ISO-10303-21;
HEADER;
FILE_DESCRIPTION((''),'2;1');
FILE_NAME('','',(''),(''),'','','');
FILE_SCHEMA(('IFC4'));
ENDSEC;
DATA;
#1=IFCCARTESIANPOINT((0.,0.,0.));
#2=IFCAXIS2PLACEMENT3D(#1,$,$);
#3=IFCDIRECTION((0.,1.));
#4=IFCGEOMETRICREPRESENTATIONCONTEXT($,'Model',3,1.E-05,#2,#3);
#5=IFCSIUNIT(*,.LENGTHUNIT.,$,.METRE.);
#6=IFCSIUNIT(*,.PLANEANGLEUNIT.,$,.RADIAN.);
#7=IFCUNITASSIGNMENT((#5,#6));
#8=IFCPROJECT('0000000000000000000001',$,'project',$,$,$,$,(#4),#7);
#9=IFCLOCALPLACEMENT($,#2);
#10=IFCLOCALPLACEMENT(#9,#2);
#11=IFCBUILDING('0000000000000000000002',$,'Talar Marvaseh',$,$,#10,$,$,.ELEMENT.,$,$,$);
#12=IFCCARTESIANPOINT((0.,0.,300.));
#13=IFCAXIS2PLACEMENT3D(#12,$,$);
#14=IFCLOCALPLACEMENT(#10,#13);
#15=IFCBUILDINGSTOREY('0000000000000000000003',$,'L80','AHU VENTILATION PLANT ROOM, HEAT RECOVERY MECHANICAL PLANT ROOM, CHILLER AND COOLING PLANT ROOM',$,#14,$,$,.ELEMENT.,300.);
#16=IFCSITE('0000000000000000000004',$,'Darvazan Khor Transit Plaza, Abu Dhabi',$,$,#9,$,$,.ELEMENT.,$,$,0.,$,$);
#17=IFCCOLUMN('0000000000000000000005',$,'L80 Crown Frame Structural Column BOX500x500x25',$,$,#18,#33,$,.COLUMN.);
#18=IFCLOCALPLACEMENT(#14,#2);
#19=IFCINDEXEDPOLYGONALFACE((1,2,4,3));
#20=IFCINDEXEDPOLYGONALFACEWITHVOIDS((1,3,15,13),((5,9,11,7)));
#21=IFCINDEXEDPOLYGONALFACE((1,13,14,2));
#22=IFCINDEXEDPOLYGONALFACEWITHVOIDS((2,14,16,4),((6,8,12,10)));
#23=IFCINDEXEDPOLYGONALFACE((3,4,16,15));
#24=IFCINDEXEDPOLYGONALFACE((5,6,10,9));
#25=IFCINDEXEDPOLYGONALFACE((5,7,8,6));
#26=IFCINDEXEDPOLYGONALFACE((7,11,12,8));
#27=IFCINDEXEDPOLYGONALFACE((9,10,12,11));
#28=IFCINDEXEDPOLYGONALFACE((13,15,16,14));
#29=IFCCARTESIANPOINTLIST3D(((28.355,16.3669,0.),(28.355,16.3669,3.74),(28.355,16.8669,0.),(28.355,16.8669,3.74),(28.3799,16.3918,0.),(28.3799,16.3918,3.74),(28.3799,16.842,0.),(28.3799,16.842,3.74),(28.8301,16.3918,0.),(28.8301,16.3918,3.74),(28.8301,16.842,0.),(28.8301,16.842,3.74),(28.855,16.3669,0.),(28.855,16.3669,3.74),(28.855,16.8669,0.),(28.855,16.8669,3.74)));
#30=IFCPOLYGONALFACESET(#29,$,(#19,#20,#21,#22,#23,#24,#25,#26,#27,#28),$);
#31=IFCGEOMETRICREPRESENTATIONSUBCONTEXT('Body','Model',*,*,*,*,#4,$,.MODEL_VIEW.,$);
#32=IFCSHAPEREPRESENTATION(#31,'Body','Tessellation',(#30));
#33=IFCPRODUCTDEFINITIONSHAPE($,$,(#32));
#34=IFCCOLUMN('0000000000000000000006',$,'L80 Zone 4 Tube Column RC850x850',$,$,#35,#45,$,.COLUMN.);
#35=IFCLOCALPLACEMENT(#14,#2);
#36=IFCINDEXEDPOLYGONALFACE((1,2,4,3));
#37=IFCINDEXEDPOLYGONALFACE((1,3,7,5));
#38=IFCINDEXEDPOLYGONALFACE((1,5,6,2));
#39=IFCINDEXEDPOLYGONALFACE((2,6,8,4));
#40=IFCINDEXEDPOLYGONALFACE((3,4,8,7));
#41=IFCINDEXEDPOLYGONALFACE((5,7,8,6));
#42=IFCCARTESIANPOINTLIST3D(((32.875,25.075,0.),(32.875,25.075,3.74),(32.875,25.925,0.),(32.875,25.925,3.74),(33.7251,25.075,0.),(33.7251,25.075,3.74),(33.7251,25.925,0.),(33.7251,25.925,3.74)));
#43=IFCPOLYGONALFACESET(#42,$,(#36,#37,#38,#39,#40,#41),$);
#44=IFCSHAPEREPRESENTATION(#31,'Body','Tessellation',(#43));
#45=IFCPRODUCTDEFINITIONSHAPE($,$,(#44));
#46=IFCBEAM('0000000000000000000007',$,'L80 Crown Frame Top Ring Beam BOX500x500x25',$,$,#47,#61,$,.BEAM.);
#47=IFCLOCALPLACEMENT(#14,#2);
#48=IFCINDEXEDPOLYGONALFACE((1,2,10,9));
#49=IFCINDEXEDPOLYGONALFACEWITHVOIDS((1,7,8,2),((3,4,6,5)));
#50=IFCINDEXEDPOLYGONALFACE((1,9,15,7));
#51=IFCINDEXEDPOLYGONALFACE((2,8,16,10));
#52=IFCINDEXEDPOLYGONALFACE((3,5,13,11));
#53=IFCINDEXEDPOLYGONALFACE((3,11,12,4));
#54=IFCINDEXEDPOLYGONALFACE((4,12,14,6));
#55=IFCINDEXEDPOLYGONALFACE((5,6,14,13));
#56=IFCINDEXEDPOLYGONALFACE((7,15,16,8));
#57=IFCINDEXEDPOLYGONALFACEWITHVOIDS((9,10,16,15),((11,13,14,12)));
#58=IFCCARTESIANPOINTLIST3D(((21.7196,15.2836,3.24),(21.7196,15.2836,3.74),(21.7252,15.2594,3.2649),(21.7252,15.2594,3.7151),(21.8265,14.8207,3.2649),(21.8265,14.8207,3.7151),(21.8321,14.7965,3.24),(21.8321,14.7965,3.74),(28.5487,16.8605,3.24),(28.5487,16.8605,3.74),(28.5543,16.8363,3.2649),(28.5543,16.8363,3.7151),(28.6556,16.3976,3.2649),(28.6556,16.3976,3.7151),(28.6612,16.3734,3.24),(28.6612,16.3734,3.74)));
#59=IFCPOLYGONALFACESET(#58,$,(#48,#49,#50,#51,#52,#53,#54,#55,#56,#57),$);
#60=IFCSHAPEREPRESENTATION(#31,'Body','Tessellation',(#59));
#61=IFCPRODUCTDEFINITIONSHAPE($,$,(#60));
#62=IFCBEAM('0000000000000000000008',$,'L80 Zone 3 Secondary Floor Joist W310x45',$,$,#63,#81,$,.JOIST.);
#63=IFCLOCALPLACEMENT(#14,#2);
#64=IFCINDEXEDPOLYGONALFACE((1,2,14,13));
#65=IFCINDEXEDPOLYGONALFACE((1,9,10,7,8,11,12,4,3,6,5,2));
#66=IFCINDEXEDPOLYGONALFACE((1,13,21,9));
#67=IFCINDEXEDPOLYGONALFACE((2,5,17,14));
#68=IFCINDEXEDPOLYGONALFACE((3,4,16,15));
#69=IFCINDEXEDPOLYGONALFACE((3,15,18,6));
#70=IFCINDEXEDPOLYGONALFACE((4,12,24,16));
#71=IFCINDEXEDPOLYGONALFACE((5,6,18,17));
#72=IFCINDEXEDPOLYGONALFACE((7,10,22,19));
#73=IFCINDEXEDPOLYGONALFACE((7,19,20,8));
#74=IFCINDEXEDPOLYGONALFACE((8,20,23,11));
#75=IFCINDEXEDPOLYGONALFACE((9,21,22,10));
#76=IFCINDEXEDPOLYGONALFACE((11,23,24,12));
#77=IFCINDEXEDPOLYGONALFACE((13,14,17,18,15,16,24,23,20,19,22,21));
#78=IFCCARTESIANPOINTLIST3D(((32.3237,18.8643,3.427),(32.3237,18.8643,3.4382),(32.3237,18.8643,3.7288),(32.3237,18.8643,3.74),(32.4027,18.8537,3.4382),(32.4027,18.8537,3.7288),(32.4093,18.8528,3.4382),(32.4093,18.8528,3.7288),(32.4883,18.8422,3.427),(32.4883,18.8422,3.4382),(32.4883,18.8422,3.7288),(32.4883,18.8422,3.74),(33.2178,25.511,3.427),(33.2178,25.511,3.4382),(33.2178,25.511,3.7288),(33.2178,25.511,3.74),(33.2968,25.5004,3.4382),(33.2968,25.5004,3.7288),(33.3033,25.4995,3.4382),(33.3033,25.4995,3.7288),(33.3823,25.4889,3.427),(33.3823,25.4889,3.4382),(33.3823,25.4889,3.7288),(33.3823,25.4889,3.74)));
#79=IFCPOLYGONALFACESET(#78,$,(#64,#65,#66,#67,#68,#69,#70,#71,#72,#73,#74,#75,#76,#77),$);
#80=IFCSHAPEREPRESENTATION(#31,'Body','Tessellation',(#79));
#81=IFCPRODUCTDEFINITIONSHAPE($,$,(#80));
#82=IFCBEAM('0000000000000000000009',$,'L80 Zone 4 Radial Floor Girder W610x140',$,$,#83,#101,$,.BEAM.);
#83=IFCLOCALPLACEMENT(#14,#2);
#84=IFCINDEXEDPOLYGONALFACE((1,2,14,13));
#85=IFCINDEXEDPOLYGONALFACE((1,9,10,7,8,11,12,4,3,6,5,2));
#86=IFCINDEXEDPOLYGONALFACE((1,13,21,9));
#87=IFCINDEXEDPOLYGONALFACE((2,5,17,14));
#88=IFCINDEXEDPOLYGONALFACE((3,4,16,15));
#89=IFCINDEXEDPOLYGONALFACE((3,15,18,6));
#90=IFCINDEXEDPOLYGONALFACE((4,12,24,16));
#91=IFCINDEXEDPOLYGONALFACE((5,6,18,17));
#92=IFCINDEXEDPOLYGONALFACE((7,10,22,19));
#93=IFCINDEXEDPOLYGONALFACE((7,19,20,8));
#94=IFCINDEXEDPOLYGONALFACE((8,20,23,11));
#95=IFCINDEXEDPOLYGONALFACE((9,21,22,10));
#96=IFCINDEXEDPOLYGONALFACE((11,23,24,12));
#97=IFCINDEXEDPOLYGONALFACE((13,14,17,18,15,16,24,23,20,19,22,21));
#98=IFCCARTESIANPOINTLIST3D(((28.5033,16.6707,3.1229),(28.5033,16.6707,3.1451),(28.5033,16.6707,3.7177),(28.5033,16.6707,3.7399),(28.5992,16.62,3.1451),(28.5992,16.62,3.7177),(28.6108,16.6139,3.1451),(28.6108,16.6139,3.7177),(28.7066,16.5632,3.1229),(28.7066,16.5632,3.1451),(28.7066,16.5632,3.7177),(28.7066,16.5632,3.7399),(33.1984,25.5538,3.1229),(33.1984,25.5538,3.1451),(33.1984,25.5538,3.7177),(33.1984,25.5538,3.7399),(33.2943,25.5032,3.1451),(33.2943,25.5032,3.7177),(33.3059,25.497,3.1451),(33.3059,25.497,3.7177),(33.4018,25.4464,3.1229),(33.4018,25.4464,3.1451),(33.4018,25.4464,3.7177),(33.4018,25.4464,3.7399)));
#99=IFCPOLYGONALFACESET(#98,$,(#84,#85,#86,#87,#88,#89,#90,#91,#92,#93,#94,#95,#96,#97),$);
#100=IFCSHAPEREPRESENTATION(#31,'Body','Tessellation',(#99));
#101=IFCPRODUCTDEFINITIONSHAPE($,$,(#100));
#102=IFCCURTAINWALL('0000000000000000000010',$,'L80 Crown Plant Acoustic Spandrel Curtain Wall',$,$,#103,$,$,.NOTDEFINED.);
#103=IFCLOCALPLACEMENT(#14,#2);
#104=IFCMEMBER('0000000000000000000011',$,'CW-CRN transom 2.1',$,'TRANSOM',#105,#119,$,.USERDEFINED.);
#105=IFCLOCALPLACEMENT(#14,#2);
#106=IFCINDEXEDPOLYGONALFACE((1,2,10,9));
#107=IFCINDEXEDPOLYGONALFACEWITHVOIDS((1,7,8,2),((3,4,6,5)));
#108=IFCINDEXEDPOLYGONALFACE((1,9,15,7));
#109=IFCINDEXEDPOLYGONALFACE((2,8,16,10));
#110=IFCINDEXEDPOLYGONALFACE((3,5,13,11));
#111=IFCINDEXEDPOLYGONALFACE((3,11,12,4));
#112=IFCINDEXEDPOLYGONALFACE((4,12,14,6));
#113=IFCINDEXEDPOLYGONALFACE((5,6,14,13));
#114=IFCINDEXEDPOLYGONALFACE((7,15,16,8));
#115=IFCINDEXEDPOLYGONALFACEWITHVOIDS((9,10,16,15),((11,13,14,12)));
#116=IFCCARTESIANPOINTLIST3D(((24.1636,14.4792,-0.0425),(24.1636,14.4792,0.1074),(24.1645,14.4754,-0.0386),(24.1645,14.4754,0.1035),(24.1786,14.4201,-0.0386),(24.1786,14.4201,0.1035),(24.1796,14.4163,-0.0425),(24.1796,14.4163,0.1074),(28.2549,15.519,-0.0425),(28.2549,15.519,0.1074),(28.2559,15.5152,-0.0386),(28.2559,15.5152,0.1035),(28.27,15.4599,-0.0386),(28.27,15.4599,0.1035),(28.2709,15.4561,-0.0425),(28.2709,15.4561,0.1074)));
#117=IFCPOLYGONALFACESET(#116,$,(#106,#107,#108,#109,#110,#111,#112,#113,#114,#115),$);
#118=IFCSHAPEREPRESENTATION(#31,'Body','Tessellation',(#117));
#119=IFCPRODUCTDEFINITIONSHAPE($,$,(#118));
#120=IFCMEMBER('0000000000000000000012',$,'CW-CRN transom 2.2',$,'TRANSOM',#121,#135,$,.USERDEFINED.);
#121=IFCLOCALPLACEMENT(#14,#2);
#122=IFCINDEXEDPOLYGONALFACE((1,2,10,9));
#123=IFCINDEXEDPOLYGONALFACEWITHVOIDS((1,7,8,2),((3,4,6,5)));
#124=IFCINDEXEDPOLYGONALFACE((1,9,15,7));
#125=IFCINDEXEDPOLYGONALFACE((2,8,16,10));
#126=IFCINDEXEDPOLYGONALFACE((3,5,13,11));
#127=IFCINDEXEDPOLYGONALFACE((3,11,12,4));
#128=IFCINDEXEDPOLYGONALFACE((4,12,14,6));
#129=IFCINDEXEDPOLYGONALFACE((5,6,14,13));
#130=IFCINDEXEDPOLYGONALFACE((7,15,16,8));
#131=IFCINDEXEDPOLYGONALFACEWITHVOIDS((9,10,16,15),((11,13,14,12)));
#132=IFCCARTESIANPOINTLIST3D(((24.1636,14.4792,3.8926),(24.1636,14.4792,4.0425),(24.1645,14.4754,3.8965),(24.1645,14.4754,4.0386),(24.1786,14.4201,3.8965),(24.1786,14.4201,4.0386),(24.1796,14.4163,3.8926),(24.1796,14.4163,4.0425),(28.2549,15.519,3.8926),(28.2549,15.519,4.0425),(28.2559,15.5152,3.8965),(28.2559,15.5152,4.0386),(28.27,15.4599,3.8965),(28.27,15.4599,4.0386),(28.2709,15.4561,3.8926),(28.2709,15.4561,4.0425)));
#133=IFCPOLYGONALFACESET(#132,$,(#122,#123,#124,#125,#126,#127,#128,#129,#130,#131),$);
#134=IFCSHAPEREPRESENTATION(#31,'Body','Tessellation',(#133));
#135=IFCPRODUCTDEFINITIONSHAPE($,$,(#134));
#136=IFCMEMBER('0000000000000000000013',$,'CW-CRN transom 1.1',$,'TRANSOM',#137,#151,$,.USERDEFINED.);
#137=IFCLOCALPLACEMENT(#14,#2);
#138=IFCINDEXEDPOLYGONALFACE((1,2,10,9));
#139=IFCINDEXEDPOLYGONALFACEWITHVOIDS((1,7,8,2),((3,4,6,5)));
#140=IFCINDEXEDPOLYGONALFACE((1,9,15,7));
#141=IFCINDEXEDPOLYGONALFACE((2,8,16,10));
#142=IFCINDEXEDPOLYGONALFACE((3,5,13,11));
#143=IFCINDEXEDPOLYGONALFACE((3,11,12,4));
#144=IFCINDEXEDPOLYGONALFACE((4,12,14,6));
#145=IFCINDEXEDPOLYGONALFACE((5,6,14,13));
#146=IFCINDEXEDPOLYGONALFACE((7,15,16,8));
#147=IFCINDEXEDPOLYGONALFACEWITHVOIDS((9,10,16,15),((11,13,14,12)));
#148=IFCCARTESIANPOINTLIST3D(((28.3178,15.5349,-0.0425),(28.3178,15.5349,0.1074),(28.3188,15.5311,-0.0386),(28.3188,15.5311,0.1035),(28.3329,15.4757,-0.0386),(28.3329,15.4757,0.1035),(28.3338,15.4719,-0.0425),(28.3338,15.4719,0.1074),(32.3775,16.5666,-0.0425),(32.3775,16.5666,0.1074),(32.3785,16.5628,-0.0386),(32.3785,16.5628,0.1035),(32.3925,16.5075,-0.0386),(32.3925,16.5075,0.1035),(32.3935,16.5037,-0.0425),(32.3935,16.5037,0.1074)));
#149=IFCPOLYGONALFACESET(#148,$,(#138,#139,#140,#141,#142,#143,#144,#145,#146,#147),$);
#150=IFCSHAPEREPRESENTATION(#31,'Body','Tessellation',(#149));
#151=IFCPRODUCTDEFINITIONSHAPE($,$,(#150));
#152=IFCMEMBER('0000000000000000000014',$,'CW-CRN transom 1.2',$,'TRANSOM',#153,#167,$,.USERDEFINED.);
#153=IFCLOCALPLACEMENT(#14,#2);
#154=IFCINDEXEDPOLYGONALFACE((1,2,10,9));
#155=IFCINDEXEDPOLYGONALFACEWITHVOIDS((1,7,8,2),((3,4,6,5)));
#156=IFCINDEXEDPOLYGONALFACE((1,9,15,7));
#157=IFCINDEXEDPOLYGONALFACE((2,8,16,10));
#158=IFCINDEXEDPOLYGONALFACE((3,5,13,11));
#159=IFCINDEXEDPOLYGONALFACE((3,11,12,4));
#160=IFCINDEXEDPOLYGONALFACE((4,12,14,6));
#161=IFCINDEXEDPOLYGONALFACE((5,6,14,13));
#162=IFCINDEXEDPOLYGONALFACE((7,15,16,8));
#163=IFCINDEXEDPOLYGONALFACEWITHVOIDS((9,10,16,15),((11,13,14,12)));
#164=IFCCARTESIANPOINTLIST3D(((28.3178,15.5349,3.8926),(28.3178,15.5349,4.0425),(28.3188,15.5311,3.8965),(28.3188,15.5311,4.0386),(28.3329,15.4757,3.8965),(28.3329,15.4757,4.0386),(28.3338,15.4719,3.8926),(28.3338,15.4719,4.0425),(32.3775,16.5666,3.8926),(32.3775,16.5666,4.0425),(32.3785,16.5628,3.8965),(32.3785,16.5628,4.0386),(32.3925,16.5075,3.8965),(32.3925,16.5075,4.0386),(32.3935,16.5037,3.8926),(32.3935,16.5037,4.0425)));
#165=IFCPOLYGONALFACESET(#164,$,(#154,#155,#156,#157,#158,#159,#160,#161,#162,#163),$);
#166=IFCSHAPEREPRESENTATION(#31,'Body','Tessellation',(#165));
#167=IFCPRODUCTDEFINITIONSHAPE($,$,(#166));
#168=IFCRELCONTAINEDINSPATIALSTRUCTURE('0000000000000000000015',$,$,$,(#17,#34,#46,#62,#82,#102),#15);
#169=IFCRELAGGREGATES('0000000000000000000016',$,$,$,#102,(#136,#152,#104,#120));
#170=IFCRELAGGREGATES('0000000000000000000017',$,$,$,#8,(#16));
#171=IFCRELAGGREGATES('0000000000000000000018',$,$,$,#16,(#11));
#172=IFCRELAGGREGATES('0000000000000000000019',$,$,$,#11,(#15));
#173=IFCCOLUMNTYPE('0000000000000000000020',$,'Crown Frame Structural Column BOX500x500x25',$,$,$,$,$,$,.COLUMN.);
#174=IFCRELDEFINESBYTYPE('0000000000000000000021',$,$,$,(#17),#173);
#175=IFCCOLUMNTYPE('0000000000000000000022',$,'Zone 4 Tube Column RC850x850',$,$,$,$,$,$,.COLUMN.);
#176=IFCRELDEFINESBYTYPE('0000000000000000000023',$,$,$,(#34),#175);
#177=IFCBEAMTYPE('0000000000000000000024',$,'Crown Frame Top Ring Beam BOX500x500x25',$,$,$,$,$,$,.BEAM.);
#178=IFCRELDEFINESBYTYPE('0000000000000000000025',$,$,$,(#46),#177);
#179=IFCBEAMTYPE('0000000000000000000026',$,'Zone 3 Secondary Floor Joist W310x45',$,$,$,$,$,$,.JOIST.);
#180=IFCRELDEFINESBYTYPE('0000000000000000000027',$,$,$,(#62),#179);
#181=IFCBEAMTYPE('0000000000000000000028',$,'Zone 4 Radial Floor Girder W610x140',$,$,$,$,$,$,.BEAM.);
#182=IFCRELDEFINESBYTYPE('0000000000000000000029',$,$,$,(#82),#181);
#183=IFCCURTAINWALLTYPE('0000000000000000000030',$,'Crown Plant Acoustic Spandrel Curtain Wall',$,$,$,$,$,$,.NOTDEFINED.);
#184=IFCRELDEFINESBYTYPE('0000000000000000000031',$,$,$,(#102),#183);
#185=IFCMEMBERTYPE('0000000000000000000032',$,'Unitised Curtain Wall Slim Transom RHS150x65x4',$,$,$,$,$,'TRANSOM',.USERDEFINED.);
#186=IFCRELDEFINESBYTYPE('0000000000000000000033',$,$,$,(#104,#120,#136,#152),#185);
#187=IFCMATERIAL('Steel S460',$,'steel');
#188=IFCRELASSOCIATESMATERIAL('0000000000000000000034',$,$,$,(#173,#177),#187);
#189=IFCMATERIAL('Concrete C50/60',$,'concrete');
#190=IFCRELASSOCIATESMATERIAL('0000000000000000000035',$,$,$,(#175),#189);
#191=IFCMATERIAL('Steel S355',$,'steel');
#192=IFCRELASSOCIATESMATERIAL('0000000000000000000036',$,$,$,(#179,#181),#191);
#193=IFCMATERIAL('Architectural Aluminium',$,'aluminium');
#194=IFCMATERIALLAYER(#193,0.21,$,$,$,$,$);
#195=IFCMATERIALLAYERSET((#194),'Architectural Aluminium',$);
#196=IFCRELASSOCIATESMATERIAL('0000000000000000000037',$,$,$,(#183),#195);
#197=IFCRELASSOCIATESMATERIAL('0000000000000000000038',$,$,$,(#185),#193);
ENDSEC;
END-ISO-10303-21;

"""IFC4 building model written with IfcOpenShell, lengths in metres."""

from ifc_helpers import new_model, si_unit, direction, frame, origin, origin_2d, place, context, subcontext, project, spatial, rectangle, hollow_rectangle, i_section, extrude, source, transform, mapped, material, layer, layer_set, material_profile, profile_set, type_object, type_shapes, element, aggregate, save


model = new_model("IFC4")

# Units and contexts
model_context = context("Model", 3, precision=1e-05, world=origin(), true_north=direction((0.0, 1.0)))
body_context = subcontext(model_context, "Body", "Model", "MODEL_VIEW")
ifc_project = project(units=[si_unit("LENGTHUNIT", "METRE"), si_unit("PLANEANGLEUNIT", "RADIAN")], contexts=[model_context])

# Site, building, storey
site_placement = place(None, origin())
site = spatial("IfcSite", under=ifc_project, at=site_placement, Name="Darvazan Khor Transit Plaza, Abu Dhabi", CompositionType="ELEMENT", RefElevation=0.0)
building_placement = place(site_placement, origin())
building = spatial("IfcBuilding", under=site, at=building_placement, Name="Talar Marvaseh", CompositionType="ELEMENT")
storey_placement = place(building_placement, frame((0.0, 0.0, 300.0)))
storey = spatial("IfcBuildingStorey", under=building, at=storey_placement, Name="L80", Description="AHU VENTILATION PLANT ROOM, HEAT RECOVERY MECHANICAL PLANT ROOM, CHILLER AND COOLING PLANT ROOM", CompositionType="ELEMENT", Elevation=300.0)

# Columns
ifc_material_1 = material(Name="Steel S460", Category="steel")
ifc_material_profile_1 = material_profile(ifc_material_1, hollow_rectangle(XDim=0.5, YDim=0.5, WallThickness=0.0249, at=origin_2d()), Name="BOX500x500x25")
ifc_profile_set_1 = profile_set([ifc_material_profile_1], Name="Steel S460")
column_type_1 = type_object("IfcColumnType", Name="Crown Frame Structural Column BOX500x500x25", PredefinedType="COLUMN", material=ifc_profile_set_1)
column_1_placement = place(storey_placement, frame((28.605, 16.6169, 0.0), z_axis=(0.0, 0.0, 1.0), x_axis=(1.0, 0.0, 0.0)))
element("IfcColumn", 1, at=column_1_placement, inside=storey, type_object=column_type_1, Name="L80 Crown Frame Structural Column BOX500x500x25", PredefinedType="COLUMN", context=body_context, shape_type="SweptSolid", body=[
    extrude(hollow_rectangle(XDim=0.5, YDim=0.5, WallThickness=0.0249, at=origin_2d()), origin(), (0.0, 0.0, 1.0), 3.74),
])
ifc_material_2 = material(Name="Concrete C50/60", Category="concrete")
ifc_material_profile_2 = material_profile(ifc_material_2, rectangle(XDim=0.8501, YDim=0.8501, at=origin_2d()), Name="RC850x850")
ifc_profile_set_2 = profile_set([ifc_material_profile_2], Name="Concrete C50/60")
column_type_2 = type_object("IfcColumnType", Name="Zone 4 Tube Column RC850x850", PredefinedType="COLUMN", material=ifc_profile_set_2)
column_2_placement = place(storey_placement, frame((33.3, 25.5, 0.0), z_axis=(0.0, 0.0, 1.0), x_axis=(1.0, 0.0, 0.0)))
element("IfcColumn", 2, at=column_2_placement, inside=storey, type_object=column_type_2, Name="L80 Zone 4 Tube Column RC850x850", PredefinedType="COLUMN", context=body_context, shape_type="SweptSolid", body=[
    extrude(rectangle(XDim=0.8501, YDim=0.8501, at=origin_2d()), origin(), (0.0, 0.0, 1.0), 3.74),
])

# Beams
ifc_material_profile_3 = material_profile(ifc_material_1, hollow_rectangle(XDim=0.5, YDim=0.5, WallThickness=0.0249, at=origin_2d()), Name="BOX500x500x25")
ifc_profile_set_3 = profile_set([ifc_material_profile_3], Name="Steel S460")
beam_type_1 = type_object("IfcBeamType", Name="Crown Frame Top Ring Beam BOX500x500x25", PredefinedType="BEAM", material=ifc_profile_set_3)
beam_1_placement = place(storey_placement, frame((28.605, 16.6169, 3.49), z_axis=(-0.974361, -0.224989, 0.0), x_axis=(0.224989, -0.974361, 0.0)))
element("IfcBeam", 3, at=beam_1_placement, inside=storey, type_object=beam_type_1, Name="L80 Crown Frame Top Ring Beam BOX500x500x25", PredefinedType="BEAM", context=body_context, shape_type="SweptSolid", body=[
    extrude(hollow_rectangle(XDim=0.5, YDim=0.5, WallThickness=0.0249, at=origin_2d()), origin(), (0.0, 0.0, 1.0), 7.0088),
])
ifc_material_3 = material(Name="Steel S355", Category="steel")
ifc_material_profile_4 = material_profile(ifc_material_3, i_section(OverallWidth=0.166, OverallDepth=0.313, WebThickness=0.0066, FlangeThickness=0.0112, at=origin_2d()), Name="W310x45")
ifc_profile_set_4 = profile_set([ifc_material_profile_4], Name="Steel S355")
beam_type_2 = type_object("IfcBeamType", Name="Zone 3 Secondary Floor Joist W310x45", PredefinedType="JOIST", material=ifc_profile_set_4)
beam_2_placement = place(storey_placement, frame((32.406, 18.8533, 3.5835), z_axis=(0.133308, 0.991075, 0.0), x_axis=(-0.991075, 0.133308, 0.0)))
element("IfcBeam", 4, at=beam_2_placement, inside=storey, type_object=beam_type_2, Name="L80 Zone 3 Secondary Floor Joist W310x45", PredefinedType="JOIST", context=body_context, shape_type="SweptSolid", body=[
    extrude(i_section(OverallWidth=0.166, OverallDepth=0.313, WebThickness=0.0066, FlangeThickness=0.0112, at=origin_2d()), origin(), (0.0, 0.0, 1.0), 6.7065),
])
ifc_material_profile_5 = material_profile(ifc_material_3, i_section(OverallWidth=0.23, OverallDepth=0.6169, WebThickness=0.0132, FlangeThickness=0.0222, at=origin_2d()), Name="W610x140")
ifc_profile_set_5 = profile_set([ifc_material_profile_5], Name="Steel S355")
beam_type_3 = type_object("IfcBeamType", Name="Zone 4 Radial Floor Girder W610x140", PredefinedType="BEAM", material=ifc_profile_set_5)
beam_3_placement = place(storey_placement, frame((28.605, 16.6169, 3.4314), z_axis=(0.467287, 0.884106, 0.0), x_axis=(-0.884106, 0.467287, 0.0)))
element("IfcBeam", 5, at=beam_3_placement, inside=storey, type_object=beam_type_3, Name="L80 Zone 4 Radial Floor Girder W610x140", PredefinedType="BEAM", context=body_context, shape_type="SweptSolid", body=[
    extrude(i_section(OverallWidth=0.23, OverallDepth=0.6169, WebThickness=0.0132, FlangeThickness=0.0222, at=origin_2d()), origin(), (0.0, 0.0, 1.0), 10.0476),
])

# Curtain wall, members
ifc_material_4 = material(Name="Architectural Aluminium", Category="aluminium")
ifc_layer_1 = layer(ifc_material_4, 0.21)
ifc_layer_set_1 = layer_set([ifc_layer_1], Name="Architectural Aluminium")
curtain_wall_type = type_object("IfcCurtainWallType", Name="Crown Plant Acoustic Spandrel Curtain Wall", PredefinedType="NOTDEFINED", material=ifc_layer_set_1)
curtain_wall_1_placement = place(storey_placement, origin())
curtain_wall_1 = element("IfcCurtainWall", 6, at=curtain_wall_1_placement, inside=storey, type_object=curtain_wall_type, Name="L80 Crown Plant Acoustic Spandrel Curtain Wall", PredefinedType="NOTDEFINED")
ifc_material_profile_6 = material_profile(ifc_material_4, hollow_rectangle(XDim=0.0649, YDim=0.1499, WallThickness=0.0039, at=origin_2d()), Name="RHS150x65x4")
ifc_profile_set_6 = profile_set([ifc_material_profile_6], Name="Architectural Aluminium")
member_type_1 = type_object("IfcMemberType", Name="Unitised Curtain Wall Slim Transom RHS150x65x4", ElementType="TRANSOM", PredefinedType="USERDEFINED", material=ifc_profile_set_6)
shared_shape_1 = source(origin(), body_context, "Body", "SweptSolid", [
    extrude(hollow_rectangle(XDim=0.0649, YDim=0.1499, WallThickness=0.0039, at=origin_2d()), origin(), (0.0, 0.0, 1.0), 4.2214),
])
member_1_placement = place(storey_placement, frame((28.2629, 15.4875, 0.0325), z_axis=(-0.969189, -0.246317, 0.0), x_axis=(0.246317, -0.969189, 0.0)))
member_1 = element("IfcMember", 7, at=member_1_placement, type_object=member_type_1, Name="CW-CRN transom 2.1", ObjectType="TRANSOM", PredefinedType="USERDEFINED", context=body_context, shape_type="MappedRepresentation", body=[
    mapped(shared_shape_1, transform((0.0, 0.0, 0.0), x_axis=(1.0, 0.0, 0.0), y_axis=(0.0, 1.0, 0.0), z_axis=(0.0, 0.0, 1.0), scale=1.0)),
])
member_2_placement = place(storey_placement, frame((28.2629, 15.4875, 3.9675), z_axis=(-0.969189, -0.246317, 0.0), x_axis=(0.246317, -0.969189, 0.0)))
member_2 = element("IfcMember", 8, at=member_2_placement, type_object=member_type_1, Name="CW-CRN transom 2.2", ObjectType="TRANSOM", PredefinedType="USERDEFINED", context=body_context, shape_type="MappedRepresentation", body=[
    mapped(shared_shape_1, transform((0.0, 0.0, 0.0), x_axis=(1.0, 0.0, 0.0), y_axis=(0.0, 1.0, 0.0), z_axis=(0.0, 0.0, 1.0), scale=1.0)),
])
shared_shape_2 = source(origin(), body_context, "Body", "SweptSolid", [
    extrude(hollow_rectangle(XDim=0.0649, YDim=0.1499, WallThickness=0.0039, at=origin_2d()), origin(), (0.0, 0.0, 1.0), 4.1887),
])
type_shapes(member_type_1, [shared_shape_1, shared_shape_2])
member_3_placement = place(storey_placement, frame((32.3855, 16.5352, 0.0325), z_axis=(-0.969189, -0.246319, 0.0), x_axis=(0.246319, -0.969189, 0.0)))
member_3 = element("IfcMember", 9, at=member_3_placement, type_object=member_type_1, Name="CW-CRN transom 1.1", ObjectType="TRANSOM", PredefinedType="USERDEFINED", context=body_context, shape_type="MappedRepresentation", body=[
    mapped(shared_shape_2, transform((0.0, 0.0, 0.0), x_axis=(1.0, 0.0, 0.0), y_axis=(0.0, 1.0, 0.0), z_axis=(0.0, 0.0, 1.0), scale=1.0)),
])
member_4_placement = place(storey_placement, frame((32.3855, 16.5352, 3.9675), z_axis=(-0.969189, -0.246319, 0.0), x_axis=(0.246319, -0.969189, 0.0)))
member_4 = element("IfcMember", 10, at=member_4_placement, type_object=member_type_1, Name="CW-CRN transom 1.2", ObjectType="TRANSOM", PredefinedType="USERDEFINED", context=body_context, shape_type="MappedRepresentation", body=[
    mapped(shared_shape_2, transform((0.0, 0.0, 0.0), x_axis=(1.0, 0.0, 0.0), y_axis=(0.0, 1.0, 0.0), z_axis=(0.0, 0.0, 1.0), scale=1.0)),
])

aggregate(curtain_wall_1, [member_3, member_4, member_1, member_2])

save(model, "model.ifc")
